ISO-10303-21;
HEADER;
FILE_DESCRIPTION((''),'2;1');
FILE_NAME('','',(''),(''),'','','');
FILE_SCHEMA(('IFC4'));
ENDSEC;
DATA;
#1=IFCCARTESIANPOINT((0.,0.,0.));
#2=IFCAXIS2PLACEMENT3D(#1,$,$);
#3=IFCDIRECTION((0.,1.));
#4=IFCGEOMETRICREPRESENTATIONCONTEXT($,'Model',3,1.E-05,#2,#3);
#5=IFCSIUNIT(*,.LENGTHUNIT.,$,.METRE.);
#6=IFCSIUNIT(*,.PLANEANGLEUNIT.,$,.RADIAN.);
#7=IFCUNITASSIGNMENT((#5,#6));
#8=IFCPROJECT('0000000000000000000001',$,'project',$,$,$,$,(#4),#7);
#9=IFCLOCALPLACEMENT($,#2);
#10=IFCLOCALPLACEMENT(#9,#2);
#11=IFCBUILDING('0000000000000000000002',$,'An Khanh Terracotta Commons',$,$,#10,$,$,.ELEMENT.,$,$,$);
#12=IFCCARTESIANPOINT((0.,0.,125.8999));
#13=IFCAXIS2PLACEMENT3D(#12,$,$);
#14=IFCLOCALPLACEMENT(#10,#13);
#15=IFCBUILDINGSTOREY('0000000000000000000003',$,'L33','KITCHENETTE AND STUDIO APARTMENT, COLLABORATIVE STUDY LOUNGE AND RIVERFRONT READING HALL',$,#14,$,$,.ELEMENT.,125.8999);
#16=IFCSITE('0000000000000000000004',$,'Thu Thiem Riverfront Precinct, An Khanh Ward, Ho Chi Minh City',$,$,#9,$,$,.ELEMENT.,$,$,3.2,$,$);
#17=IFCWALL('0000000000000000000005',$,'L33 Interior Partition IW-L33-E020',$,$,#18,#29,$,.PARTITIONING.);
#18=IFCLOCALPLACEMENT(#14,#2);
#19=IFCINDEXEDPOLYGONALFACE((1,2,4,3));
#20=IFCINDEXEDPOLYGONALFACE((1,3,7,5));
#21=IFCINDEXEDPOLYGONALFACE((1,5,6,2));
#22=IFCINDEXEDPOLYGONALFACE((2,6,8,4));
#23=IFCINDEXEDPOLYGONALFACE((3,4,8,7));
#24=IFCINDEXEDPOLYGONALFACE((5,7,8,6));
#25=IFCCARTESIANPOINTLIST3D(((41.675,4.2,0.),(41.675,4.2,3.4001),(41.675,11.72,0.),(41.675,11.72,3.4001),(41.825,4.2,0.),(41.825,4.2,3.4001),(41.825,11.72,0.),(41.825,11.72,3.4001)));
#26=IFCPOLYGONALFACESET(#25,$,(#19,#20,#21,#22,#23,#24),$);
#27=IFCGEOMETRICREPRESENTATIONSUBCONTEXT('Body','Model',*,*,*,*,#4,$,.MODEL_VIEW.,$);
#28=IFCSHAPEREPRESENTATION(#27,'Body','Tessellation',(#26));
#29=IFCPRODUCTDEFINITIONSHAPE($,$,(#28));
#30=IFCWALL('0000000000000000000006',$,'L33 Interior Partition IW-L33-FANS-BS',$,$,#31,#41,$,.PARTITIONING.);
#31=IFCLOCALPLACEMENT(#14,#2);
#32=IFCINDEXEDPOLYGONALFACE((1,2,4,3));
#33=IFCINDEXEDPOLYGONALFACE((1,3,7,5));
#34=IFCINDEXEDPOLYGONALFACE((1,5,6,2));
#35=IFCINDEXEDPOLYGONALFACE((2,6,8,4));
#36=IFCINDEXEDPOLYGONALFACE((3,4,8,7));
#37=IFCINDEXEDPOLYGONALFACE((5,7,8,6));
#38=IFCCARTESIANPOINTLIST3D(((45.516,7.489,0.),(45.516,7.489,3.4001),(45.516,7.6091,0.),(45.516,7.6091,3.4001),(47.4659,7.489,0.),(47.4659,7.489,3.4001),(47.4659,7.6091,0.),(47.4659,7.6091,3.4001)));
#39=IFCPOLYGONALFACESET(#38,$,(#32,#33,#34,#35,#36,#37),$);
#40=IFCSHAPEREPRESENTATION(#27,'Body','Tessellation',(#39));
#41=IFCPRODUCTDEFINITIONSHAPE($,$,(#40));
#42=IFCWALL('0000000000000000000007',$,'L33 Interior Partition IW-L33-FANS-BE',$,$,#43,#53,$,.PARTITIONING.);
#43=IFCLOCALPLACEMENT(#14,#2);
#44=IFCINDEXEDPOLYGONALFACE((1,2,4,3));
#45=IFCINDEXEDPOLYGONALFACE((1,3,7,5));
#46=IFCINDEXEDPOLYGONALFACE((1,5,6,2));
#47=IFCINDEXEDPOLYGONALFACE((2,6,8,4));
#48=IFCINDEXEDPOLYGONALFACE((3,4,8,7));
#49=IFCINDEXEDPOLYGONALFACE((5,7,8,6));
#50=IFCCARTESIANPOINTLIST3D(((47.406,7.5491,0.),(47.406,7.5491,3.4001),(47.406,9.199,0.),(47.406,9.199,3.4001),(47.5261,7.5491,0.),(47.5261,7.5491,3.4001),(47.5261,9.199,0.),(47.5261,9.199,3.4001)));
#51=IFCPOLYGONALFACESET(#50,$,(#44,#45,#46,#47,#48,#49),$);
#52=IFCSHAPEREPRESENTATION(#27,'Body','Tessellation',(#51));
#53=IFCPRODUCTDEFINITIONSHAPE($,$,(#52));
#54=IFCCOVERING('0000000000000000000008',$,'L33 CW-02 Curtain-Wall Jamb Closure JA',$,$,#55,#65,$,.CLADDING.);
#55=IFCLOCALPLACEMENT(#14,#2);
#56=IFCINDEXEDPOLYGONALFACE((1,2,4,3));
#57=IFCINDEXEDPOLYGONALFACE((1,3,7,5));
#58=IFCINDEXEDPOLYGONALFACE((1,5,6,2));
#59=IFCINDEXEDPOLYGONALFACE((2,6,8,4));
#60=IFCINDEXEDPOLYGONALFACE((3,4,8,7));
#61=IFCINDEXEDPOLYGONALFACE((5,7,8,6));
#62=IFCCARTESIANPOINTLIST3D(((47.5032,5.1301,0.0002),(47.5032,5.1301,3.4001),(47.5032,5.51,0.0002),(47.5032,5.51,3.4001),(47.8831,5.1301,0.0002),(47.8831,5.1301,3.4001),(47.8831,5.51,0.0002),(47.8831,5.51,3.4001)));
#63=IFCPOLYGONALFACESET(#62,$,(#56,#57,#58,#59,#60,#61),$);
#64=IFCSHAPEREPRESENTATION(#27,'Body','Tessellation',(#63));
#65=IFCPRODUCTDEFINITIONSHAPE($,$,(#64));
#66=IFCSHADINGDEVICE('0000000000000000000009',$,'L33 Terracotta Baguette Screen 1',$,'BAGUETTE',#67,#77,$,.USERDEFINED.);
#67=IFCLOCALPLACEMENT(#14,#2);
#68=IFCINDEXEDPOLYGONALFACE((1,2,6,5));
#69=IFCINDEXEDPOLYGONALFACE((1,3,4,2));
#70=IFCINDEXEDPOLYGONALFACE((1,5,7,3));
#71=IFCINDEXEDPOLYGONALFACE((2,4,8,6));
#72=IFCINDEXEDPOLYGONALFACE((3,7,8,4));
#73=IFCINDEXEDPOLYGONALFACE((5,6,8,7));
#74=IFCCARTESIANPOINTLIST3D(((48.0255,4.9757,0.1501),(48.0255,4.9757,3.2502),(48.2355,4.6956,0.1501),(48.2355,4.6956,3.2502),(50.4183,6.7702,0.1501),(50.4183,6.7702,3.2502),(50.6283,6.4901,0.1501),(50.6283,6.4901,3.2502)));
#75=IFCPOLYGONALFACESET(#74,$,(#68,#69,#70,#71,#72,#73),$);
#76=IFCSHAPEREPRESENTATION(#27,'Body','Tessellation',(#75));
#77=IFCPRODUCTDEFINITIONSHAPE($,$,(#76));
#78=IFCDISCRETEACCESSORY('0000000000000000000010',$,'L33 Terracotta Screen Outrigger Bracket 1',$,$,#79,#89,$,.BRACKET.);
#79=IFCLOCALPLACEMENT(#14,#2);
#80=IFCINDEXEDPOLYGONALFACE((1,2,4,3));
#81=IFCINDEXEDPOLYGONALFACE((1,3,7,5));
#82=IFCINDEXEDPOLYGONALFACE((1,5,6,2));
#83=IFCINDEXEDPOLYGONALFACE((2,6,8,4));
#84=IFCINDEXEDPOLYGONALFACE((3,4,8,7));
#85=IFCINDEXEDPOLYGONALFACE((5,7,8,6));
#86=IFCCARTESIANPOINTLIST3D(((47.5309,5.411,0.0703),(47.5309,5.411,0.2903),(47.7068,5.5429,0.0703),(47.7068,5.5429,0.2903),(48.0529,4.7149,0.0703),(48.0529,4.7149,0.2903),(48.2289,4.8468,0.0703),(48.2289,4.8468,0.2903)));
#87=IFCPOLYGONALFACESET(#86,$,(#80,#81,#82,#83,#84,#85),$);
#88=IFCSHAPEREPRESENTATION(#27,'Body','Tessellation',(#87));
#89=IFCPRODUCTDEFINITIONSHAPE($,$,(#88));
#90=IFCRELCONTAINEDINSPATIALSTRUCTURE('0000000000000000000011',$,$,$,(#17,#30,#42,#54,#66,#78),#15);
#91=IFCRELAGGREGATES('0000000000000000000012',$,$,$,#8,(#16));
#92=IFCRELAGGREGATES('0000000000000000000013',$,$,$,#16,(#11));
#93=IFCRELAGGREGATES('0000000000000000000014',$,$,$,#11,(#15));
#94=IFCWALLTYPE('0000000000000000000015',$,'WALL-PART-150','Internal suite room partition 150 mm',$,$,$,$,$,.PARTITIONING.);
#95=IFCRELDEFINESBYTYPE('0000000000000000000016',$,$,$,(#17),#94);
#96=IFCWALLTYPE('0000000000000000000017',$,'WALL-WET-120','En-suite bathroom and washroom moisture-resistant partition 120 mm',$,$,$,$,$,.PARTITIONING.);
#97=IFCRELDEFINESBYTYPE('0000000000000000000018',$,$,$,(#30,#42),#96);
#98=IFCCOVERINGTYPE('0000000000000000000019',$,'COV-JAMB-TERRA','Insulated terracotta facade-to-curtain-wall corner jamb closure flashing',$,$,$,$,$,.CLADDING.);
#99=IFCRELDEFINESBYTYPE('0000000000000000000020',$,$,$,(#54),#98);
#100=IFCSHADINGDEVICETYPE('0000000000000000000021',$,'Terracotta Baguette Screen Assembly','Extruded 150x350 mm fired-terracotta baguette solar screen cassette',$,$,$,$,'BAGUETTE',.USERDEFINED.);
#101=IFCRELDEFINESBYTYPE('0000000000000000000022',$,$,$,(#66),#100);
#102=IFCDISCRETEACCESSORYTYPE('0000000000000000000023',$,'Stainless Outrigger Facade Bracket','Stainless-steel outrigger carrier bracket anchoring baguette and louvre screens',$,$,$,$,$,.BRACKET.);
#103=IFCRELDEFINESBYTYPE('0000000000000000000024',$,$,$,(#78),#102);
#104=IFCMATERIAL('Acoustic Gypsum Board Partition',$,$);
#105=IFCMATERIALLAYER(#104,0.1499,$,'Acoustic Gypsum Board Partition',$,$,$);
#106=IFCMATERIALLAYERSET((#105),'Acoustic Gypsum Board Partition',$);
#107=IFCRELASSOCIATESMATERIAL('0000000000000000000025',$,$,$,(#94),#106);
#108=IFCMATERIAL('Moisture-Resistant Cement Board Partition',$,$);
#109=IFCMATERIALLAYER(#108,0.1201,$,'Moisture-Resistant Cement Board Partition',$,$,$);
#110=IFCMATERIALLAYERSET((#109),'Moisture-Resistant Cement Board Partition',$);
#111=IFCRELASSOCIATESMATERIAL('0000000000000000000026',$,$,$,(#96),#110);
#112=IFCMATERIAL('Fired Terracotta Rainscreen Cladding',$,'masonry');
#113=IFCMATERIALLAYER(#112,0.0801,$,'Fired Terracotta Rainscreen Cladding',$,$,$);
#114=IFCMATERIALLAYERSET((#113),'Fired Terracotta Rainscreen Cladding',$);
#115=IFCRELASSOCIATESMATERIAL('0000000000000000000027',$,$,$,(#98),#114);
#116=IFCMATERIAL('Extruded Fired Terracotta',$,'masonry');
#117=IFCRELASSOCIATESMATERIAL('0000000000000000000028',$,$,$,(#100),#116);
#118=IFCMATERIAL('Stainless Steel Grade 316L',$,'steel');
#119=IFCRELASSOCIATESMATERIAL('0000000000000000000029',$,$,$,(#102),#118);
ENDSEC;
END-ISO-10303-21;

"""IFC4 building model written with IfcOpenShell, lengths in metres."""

from ifc_helpers import new_model, si_unit, direction, frame, frame_2d, origin, origin_2d, place, context, subcontext, project, spatial, rectangle, extrude, material, layer, layer_set, type_object, element, save


model = new_model("IFC4")

# Units and contexts
model_context = context("Model", 3, precision=1e-05, world=origin(), true_north=direction((0.0, 1.0)))
body_context = subcontext(model_context, "Body", "Model", "MODEL_VIEW")
ifc_project = project(units=[si_unit("LENGTHUNIT", "METRE"), si_unit("PLANEANGLEUNIT", "RADIAN")], contexts=[model_context])

# Site, building, storey
site_placement = place(None, origin())
site = spatial("IfcSite", under=ifc_project, at=site_placement, Name="Thu Thiem Riverfront Precinct, An Khanh Ward, Ho Chi Minh City", CompositionType="ELEMENT", RefElevation=3.2)
building_placement = place(site_placement, origin())
building = spatial("IfcBuilding", under=site, at=building_placement, Name="An Khanh Terracotta Commons", CompositionType="ELEMENT")
storey_placement = place(building_placement, frame((0.0, 0.0, 125.8999)))
storey = spatial("IfcBuildingStorey", under=building, at=storey_placement, Name="L33", Description="KITCHENETTE AND STUDIO APARTMENT, COLLABORATIVE STUDY LOUNGE AND RIVERFRONT READING HALL", CompositionType="ELEMENT", Elevation=125.8999)

# Walls
ifc_material_1 = material(Name="Acoustic Gypsum Board Partition")
ifc_layer_1 = layer(ifc_material_1, 0.1499, Name="Acoustic Gypsum Board Partition")
ifc_layer_set_1 = layer_set([ifc_layer_1], Name="Acoustic Gypsum Board Partition")
wall_type_1 = type_object("IfcWallType", Name="WALL-PART-150", Description="Internal suite room partition 150 mm", PredefinedType="PARTITIONING", material=ifc_layer_set_1)
wall_1_placement = place(storey_placement, frame((41.75, 4.2, 0.0), z_axis=(0.0, 0.0, 1.0), x_axis=(0.0, 1.0, 0.0)))
element("IfcWall", 1, at=wall_1_placement, inside=storey, type_object=wall_type_1, Name="L33 Interior Partition IW-L33-E020", PredefinedType="PARTITIONING", context=body_context, shape_type="SweptSolid", body=[
    extrude(rectangle(XDim=7.52, YDim=0.1499, at=frame_2d((3.76, 0.0))), origin(), (0.0, 0.0, 1.0), 3.4001),
])
ifc_material_2 = material(Name="Moisture-Resistant Cement Board Partition")
ifc_layer_2 = layer(ifc_material_2, 0.1201, Name="Moisture-Resistant Cement Board Partition")
ifc_layer_set_2 = layer_set([ifc_layer_2], Name="Moisture-Resistant Cement Board Partition")
wall_type_2 = type_object("IfcWallType", Name="WALL-WET-120", Description="En-suite bathroom and washroom moisture-resistant partition 120 mm", PredefinedType="PARTITIONING", material=ifc_layer_set_2)
wall_2_placement = place(storey_placement, frame((47.4661, 7.5491, 0.0), z_axis=(0.0, 0.0, 1.0), x_axis=(-1.0, 0.0, 0.0)))
element("IfcWall", 2, at=wall_2_placement, inside=storey, type_object=wall_type_2, Name="L33 Interior Partition IW-L33-FANS-BS", PredefinedType="PARTITIONING", context=body_context, shape_type="SweptSolid", body=[
    extrude(rectangle(XDim=1.95, YDim=0.1201, at=frame_2d((0.9751, 0.0))), origin(), (0.0, 0.0, 1.0), 3.4001),
])
wall_3_placement = place(storey_placement, frame((47.4661, 7.5491, 0.0), z_axis=(0.0, 0.0, 1.0), x_axis=(0.0, 1.0, 0.0)))
element("IfcWall", 3, at=wall_3_placement, inside=storey, type_object=wall_type_2, Name="L33 Interior Partition IW-L33-FANS-BE", PredefinedType="PARTITIONING", context=body_context, shape_type="SweptSolid", body=[
    extrude(rectangle(XDim=1.6499, YDim=0.1201, at=frame_2d((0.825, 0.0))), origin(), (0.0, 0.0, 1.0), 3.4001),
])

# Covering
ifc_material_3 = material(Name="Fired Terracotta Rainscreen Cladding", Category="masonry")
ifc_layer_3 = layer(ifc_material_3, 0.0801, Name="Fired Terracotta Rainscreen Cladding")
ifc_layer_set_3 = layer_set([ifc_layer_3], Name="Fired Terracotta Rainscreen Cladding")
covering_type = type_object("IfcCoveringType", Name="COV-JAMB-TERRA", Description="Insulated terracotta facade-to-curtain-wall corner jamb closure flashing", PredefinedType="CLADDING", material=ifc_layer_set_3)
covering_placement = place(storey_placement, frame((47.6931, 5.3201, 0.0002), z_axis=(0.0, 0.0, 1.0), x_axis=(1.0, 0.0, 0.0)))
element("IfcCovering", 4, at=covering_placement, inside=storey, type_object=covering_type, Name="L33 CW-02 Curtain-Wall Jamb Closure JA", PredefinedType="CLADDING", context=body_context, shape_type="SweptSolid", body=[
    extrude(rectangle(XDim=0.3799, YDim=0.3799, at=origin_2d()), origin(), (0.0, 0.0, 1.0), 3.3999),
])

# Shading device
ifc_material_4 = material(Name="Extruded Fired Terracotta", Category="masonry")
shading_device_type = type_object("IfcShadingDeviceType", Name="Terracotta Baguette Screen Assembly", Description="Extruded 150x350 mm fired-terracotta baguette solar screen cassette", ElementType="BAGUETTE", PredefinedType="USERDEFINED", material=ifc_material_4)
shading_device_placement = place(storey_placement, frame((49.3269, 5.7329, 0.1501), z_axis=(0.0, 0.0, 1.0), x_axis=(0.800013, 0.599983, 0.0)))
element("IfcShadingDevice", 5, at=shading_device_placement, inside=storey, type_object=shading_device_type, Name="L33 Terracotta Baguette Screen 1", ObjectType="BAGUETTE", PredefinedType="USERDEFINED", context=body_context, shape_type="SweptSolid", body=[
    extrude(rectangle(XDim=2.991, YDim=0.3501, at=origin_2d()), origin(), (0.0, 0.0, 1.0), 3.1001),
])

# Discrete accessory
ifc_material_5 = material(Name="Stainless Steel Grade 316L", Category="steel")
discrete_accessory_type = type_object("IfcDiscreteAccessoryType", Name="Stainless Outrigger Facade Bracket", Description="Stainless-steel outrigger carrier bracket anchoring baguette and louvre screens", PredefinedType="BRACKET", material=ifc_material_5)
discrete_accessory_placement = place(storey_placement, frame((47.8799, 5.1289, 0.0703), z_axis=(0.0, 0.0, 1.0), x_axis=(0.800013, 0.599983, 0.0)))
element("IfcDiscreteAccessory", 6, at=discrete_accessory_placement, inside=storey, type_object=discrete_accessory_type, Name="L33 Terracotta Screen Outrigger Bracket 1", PredefinedType="BRACKET", context=body_context, shape_type="SweptSolid", body=[
    extrude(rectangle(XDim=0.22, YDim=0.8701, at=origin_2d()), origin(), (0.0, 0.0, 1.0), 0.22),
])

save(model, "model.ifc")
